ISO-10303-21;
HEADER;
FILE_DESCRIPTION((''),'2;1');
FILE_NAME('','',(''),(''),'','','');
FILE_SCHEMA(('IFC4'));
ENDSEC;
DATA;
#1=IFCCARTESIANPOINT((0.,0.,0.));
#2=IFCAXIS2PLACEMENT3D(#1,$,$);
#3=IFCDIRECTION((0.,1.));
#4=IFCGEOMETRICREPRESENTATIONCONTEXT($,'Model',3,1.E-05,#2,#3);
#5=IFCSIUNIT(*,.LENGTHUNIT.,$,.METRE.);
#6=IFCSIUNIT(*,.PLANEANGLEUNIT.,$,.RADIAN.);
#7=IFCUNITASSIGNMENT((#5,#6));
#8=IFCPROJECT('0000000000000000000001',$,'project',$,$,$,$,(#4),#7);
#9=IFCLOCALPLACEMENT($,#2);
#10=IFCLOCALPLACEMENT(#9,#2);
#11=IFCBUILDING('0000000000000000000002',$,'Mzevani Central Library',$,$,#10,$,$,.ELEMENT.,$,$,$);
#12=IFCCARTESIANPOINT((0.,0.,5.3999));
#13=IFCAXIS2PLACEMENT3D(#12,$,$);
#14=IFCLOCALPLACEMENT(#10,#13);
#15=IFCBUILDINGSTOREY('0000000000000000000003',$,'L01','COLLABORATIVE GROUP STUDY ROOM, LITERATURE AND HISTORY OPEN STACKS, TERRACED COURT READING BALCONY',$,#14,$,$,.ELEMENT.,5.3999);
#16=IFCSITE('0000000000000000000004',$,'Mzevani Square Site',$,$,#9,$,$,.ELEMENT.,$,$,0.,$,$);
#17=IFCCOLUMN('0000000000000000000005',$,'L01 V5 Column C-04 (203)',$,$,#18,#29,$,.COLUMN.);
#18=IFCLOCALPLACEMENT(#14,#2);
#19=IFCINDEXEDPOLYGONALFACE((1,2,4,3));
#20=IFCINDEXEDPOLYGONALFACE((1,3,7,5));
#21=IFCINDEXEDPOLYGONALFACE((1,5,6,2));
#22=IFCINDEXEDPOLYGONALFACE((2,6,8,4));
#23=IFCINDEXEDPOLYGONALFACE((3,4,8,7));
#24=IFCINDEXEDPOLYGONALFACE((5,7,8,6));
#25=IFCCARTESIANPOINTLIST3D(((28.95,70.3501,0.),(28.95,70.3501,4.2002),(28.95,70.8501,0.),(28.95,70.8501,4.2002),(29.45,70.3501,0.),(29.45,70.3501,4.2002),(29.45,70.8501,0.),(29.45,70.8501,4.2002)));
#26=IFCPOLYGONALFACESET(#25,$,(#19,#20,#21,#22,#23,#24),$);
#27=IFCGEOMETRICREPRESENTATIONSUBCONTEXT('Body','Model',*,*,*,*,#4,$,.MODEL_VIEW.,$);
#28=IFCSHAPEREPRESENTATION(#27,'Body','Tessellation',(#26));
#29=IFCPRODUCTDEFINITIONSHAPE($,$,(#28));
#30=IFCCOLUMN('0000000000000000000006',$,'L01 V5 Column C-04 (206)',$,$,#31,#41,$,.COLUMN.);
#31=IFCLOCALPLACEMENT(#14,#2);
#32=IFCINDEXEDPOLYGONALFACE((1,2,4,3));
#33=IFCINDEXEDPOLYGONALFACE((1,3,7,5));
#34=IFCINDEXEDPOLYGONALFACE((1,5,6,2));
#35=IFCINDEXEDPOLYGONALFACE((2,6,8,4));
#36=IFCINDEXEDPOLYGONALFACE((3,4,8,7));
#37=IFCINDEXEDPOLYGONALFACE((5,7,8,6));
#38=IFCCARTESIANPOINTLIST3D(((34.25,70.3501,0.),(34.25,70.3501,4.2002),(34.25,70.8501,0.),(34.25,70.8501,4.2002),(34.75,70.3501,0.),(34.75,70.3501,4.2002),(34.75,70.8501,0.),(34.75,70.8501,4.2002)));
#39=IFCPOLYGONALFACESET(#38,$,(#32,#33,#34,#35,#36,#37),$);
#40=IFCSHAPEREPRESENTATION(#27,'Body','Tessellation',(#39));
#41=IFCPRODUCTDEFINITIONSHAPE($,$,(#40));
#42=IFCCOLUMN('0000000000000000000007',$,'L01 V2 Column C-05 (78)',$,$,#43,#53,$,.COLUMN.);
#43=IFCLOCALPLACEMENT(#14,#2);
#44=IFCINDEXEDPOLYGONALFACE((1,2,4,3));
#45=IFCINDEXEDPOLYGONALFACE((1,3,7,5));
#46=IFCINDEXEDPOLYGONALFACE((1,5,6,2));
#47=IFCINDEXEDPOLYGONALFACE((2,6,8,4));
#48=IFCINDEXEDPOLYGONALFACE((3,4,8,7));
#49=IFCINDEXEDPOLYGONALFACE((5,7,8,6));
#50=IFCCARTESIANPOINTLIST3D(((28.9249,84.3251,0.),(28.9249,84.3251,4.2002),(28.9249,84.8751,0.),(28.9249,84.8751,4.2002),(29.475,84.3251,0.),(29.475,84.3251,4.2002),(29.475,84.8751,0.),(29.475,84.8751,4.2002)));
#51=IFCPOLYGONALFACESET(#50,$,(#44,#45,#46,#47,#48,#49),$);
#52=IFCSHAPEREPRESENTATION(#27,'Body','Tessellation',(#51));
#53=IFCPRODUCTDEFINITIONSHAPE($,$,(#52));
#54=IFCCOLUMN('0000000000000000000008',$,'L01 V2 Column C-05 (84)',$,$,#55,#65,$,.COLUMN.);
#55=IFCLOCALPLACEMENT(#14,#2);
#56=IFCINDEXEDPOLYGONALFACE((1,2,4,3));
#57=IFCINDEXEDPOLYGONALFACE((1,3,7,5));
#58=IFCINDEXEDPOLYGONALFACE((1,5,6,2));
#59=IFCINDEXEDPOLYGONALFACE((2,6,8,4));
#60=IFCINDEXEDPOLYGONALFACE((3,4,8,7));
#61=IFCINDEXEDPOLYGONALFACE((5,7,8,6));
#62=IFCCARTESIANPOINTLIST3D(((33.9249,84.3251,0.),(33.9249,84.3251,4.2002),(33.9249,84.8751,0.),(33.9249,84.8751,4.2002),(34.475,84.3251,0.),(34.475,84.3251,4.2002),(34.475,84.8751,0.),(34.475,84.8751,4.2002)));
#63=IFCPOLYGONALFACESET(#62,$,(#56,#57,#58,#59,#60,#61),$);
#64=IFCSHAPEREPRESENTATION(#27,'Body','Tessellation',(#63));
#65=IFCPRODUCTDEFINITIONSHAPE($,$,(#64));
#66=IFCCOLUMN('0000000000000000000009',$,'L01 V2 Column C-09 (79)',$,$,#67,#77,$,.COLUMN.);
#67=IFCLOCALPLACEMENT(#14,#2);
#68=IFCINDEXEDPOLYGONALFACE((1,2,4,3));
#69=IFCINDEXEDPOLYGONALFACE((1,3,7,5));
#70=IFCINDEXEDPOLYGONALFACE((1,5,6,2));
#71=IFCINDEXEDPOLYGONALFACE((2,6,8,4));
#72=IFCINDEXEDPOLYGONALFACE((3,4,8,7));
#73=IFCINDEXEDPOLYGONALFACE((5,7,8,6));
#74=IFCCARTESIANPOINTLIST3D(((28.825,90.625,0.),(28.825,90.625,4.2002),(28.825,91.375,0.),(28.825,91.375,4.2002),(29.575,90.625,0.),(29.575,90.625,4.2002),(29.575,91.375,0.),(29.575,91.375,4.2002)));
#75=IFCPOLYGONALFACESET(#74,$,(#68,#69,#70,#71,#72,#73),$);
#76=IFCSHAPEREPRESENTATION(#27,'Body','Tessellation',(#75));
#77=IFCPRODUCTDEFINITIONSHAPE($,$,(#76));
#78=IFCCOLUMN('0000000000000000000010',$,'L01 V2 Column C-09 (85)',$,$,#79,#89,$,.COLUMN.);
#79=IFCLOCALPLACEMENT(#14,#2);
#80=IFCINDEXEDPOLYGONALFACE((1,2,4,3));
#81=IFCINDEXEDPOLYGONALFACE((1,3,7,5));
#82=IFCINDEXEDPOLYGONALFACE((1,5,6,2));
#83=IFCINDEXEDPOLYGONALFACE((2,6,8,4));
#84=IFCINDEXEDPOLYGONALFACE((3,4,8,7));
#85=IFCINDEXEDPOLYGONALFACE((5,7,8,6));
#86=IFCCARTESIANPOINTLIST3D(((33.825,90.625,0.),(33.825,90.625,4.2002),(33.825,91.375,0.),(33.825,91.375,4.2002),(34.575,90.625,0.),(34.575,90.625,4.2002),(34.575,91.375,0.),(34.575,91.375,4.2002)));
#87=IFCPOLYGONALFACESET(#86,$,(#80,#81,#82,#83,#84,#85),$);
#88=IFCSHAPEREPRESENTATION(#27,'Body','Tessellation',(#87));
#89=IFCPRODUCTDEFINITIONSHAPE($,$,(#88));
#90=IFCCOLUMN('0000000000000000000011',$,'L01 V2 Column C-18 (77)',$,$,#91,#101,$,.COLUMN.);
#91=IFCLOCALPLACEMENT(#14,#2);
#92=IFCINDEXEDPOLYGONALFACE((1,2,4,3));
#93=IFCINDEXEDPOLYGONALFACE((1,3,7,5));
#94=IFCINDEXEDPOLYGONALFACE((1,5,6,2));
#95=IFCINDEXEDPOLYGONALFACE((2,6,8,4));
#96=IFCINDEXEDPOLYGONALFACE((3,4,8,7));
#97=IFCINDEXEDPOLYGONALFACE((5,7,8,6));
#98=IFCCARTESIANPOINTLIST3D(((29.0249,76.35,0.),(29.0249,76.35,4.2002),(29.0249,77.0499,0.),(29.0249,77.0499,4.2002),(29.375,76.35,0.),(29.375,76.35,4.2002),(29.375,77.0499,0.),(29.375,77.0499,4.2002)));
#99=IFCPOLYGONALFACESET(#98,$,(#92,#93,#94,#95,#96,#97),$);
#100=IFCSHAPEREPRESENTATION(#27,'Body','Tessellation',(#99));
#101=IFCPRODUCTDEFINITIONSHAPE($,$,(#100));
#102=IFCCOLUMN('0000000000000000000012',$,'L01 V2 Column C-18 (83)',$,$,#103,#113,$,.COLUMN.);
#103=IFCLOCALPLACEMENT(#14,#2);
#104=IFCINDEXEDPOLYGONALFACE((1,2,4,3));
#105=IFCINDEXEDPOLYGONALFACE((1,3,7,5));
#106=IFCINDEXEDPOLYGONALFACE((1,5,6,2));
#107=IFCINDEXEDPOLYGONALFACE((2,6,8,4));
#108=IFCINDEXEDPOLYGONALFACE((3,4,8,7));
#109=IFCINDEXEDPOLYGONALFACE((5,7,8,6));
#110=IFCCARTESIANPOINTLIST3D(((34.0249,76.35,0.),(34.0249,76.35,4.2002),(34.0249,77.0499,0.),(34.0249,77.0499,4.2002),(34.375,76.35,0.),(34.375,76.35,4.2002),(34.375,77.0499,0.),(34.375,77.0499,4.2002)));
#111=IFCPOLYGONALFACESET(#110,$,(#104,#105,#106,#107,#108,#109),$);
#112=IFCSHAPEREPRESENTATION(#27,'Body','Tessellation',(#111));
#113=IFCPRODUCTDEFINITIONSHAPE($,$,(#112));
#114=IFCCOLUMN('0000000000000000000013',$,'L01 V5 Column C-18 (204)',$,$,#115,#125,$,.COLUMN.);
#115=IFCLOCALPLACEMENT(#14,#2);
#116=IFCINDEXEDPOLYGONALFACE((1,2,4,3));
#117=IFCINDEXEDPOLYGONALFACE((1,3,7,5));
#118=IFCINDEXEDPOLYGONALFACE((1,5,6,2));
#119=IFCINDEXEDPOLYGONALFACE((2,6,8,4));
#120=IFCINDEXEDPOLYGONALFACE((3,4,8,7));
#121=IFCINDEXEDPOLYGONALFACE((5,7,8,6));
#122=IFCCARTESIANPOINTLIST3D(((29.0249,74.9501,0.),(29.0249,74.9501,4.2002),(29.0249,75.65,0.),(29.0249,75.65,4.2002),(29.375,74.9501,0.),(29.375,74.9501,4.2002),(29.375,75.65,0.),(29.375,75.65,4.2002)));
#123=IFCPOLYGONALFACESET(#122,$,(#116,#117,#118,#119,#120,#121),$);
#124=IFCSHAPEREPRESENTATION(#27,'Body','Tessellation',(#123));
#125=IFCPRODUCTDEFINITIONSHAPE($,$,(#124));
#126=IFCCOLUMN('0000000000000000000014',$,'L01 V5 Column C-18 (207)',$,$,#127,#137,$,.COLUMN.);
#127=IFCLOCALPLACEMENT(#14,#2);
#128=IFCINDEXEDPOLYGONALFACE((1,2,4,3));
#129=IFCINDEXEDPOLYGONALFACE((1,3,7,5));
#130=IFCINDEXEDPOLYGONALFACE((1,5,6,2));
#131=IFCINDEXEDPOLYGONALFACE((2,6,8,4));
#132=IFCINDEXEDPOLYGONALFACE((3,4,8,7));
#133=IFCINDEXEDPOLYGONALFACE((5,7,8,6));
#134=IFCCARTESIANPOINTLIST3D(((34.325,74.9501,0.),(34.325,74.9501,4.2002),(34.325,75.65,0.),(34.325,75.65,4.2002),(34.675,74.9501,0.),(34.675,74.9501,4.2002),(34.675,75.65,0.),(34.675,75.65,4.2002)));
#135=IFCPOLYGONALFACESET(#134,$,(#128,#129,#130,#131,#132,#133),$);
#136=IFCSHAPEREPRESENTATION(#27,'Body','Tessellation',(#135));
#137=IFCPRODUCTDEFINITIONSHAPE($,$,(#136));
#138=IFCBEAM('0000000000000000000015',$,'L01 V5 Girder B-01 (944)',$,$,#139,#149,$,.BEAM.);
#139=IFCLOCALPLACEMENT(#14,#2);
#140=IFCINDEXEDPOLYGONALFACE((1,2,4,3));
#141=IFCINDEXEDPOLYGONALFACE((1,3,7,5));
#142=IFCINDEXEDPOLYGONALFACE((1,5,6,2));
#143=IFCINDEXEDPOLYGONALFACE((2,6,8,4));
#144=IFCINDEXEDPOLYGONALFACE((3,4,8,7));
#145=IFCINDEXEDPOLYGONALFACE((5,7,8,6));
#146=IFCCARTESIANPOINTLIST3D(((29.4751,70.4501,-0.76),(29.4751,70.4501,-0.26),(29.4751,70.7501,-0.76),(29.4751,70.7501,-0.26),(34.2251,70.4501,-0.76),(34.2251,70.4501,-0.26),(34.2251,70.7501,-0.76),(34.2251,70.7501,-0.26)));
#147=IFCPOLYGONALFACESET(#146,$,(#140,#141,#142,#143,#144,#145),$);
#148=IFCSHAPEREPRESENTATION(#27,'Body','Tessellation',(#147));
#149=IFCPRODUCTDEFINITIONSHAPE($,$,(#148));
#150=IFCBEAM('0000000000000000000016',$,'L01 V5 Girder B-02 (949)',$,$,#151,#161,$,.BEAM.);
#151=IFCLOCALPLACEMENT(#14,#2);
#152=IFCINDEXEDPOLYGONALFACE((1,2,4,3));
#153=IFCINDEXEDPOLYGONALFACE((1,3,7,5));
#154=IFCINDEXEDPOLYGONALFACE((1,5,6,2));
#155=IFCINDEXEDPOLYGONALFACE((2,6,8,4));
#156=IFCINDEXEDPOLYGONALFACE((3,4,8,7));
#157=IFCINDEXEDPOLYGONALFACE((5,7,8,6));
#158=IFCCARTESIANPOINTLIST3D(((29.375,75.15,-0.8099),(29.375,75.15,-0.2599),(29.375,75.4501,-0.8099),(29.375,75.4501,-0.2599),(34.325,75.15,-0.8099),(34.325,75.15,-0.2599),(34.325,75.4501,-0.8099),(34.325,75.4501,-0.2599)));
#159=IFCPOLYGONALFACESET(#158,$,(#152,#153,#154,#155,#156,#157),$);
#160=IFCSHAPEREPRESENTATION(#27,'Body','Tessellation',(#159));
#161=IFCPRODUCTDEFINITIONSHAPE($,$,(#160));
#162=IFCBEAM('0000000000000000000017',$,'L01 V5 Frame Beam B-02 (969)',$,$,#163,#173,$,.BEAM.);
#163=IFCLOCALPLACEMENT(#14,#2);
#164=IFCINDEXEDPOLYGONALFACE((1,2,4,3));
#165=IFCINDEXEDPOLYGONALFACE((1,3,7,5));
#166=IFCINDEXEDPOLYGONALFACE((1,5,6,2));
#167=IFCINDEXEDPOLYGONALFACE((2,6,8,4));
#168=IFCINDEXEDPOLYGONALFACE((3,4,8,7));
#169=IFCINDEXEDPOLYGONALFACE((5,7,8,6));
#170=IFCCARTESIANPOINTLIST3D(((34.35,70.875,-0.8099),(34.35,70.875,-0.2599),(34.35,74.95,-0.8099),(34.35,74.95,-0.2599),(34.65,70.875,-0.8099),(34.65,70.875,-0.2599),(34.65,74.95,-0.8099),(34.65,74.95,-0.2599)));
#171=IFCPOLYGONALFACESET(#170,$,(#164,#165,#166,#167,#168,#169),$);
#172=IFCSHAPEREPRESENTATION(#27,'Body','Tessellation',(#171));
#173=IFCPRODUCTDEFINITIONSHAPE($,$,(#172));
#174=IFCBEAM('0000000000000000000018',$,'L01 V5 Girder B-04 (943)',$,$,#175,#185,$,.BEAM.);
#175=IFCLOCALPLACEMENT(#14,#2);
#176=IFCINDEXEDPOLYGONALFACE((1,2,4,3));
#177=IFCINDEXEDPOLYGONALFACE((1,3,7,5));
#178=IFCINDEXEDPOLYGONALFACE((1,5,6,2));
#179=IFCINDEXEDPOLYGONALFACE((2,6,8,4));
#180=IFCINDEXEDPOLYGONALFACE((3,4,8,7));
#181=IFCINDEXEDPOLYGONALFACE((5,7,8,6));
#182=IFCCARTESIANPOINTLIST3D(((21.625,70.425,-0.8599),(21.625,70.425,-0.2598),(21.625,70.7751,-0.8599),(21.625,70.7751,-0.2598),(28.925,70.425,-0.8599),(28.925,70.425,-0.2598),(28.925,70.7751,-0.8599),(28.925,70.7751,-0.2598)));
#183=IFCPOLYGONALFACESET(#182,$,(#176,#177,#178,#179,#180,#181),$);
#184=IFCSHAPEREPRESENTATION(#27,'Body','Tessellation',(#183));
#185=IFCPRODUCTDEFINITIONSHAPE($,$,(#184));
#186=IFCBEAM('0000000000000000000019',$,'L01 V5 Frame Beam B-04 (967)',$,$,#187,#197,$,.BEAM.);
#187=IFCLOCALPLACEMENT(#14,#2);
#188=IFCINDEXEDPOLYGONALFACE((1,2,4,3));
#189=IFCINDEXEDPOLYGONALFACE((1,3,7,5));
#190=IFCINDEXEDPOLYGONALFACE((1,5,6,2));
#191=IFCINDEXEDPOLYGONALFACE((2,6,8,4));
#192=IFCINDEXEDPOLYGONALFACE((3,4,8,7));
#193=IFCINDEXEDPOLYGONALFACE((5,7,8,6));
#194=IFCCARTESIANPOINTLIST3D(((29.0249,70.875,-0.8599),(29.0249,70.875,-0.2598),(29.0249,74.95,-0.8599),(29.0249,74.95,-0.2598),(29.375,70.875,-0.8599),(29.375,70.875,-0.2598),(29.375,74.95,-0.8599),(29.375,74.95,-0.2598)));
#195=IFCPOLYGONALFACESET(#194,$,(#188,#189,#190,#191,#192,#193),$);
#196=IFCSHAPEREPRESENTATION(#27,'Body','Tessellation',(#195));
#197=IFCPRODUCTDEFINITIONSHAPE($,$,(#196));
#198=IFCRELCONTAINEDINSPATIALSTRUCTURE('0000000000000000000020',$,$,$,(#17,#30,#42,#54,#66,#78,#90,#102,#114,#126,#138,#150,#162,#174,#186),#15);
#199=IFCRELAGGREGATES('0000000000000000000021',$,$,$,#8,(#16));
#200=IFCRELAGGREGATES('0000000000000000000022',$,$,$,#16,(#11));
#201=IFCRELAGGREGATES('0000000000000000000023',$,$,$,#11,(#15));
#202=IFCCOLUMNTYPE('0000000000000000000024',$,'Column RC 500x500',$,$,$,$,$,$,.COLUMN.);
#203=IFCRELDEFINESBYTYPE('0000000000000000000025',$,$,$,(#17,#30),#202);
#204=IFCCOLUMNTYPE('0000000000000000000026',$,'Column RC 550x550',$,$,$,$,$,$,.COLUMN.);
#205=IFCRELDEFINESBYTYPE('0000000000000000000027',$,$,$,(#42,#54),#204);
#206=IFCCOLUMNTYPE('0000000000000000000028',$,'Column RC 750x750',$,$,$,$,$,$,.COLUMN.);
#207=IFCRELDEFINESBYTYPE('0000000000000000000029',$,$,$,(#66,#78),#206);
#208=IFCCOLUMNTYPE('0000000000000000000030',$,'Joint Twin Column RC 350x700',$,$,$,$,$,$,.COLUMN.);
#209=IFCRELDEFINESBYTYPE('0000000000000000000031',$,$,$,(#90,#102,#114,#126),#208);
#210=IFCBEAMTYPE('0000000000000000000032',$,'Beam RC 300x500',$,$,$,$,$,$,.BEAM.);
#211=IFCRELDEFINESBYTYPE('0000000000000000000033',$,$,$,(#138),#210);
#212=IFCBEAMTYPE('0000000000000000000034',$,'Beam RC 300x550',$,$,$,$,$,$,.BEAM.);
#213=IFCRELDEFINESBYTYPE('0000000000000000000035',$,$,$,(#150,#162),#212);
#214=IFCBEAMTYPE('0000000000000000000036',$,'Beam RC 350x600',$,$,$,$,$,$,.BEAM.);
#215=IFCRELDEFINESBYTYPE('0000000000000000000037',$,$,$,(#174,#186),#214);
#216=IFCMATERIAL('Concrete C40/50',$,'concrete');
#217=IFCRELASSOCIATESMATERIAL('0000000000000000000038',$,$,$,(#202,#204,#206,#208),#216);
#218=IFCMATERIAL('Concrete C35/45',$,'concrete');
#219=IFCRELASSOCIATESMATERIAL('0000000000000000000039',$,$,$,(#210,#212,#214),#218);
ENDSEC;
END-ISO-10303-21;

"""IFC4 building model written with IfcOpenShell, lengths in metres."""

from ifc_helpers import new_model, si_unit, direction, frame, origin, origin_2d, place, context, subcontext, project, spatial, rectangle, extrude, material, material_profile, profile_set, type_object, element, save


model = new_model("IFC4")

# Units and contexts
model_context = context("Model", 3, precision=1e-05, world=origin(), true_north=direction((0.0, 1.0)))
body_context = subcontext(model_context, "Body", "Model", "MODEL_VIEW")
ifc_project = project(units=[si_unit("LENGTHUNIT", "METRE"), si_unit("PLANEANGLEUNIT", "RADIAN")], contexts=[model_context])

# Site, building, storey
site_placement = place(None, origin())
site = spatial("IfcSite", under=ifc_project, at=site_placement, Name="Mzevani Square Site", CompositionType="ELEMENT", RefElevation=0.0)
building_placement = place(site_placement, origin())
building = spatial("IfcBuilding", under=site, at=building_placement, Name="Mzevani Central Library", CompositionType="ELEMENT")
storey_placement = place(building_placement, frame((0.0, 0.0, 5.3999)))
storey = spatial("IfcBuildingStorey", under=building, at=storey_placement, Name="L01", Description="COLLABORATIVE GROUP STUDY ROOM, LITERATURE AND HISTORY OPEN STACKS, TERRACED COURT READING BALCONY", CompositionType="ELEMENT", Elevation=5.3999)

# Columns
ifc_material_1 = material(Name="Concrete C40/50", Category="concrete")
ifc_material_profile_1 = material_profile(ifc_material_1, rectangle(XDim=0.5, YDim=0.5, at=origin_2d()), Name="RC 500x500")
ifc_profile_set_1 = profile_set([ifc_material_profile_1], Name="Concrete C40/50")
column_type_1 = type_object("IfcColumnType", Name="Column RC 500x500", PredefinedType="COLUMN", material=ifc_profile_set_1)
for number, where, z_axis, x_axis, name in (
    (1, (29.2, 70.6001, 0.0), (0.0, 0.0, 1.0), (1.0, 0.0, 0.0), "L01 V5 Column C-04 (203)"),
    (2, (34.5, 70.6001, 0.0), (0.0, 0.0, 1.0), (1.0, 0.0, 0.0), "L01 V5 Column C-04 (206)"),
):
    element("IfcColumn", number, at=place(storey_placement, frame(where, z_axis=z_axis, x_axis=x_axis)), inside=storey, type_object=column_type_1, Name=name, PredefinedType="COLUMN", context=body_context, shape_type="SweptSolid", body=[
        extrude(rectangle(XDim=0.5, YDim=0.5, at=origin_2d()), origin(), (0.0, 0.0, 1.0), 4.2002),
    ])
ifc_material_profile_2 = material_profile(ifc_material_1, rectangle(XDim=0.55, YDim=0.55, at=origin_2d()), Name="RC 550x550")
ifc_profile_set_2 = profile_set([ifc_material_profile_2], Name="Concrete C40/50")
column_type_2 = type_object("IfcColumnType", Name="Column RC 550x550", PredefinedType="COLUMN", material=ifc_profile_set_2)
for number, where, z_axis, x_axis, name in (
    (3, (29.2, 84.6001, 0.0), (0.0, 0.0, 1.0), (1.0, 0.0, 0.0), "L01 V2 Column C-05 (78)"),
    (4, (34.2, 84.6001, 0.0), (0.0, 0.0, 1.0), (1.0, 0.0, 0.0), "L01 V2 Column C-05 (84)"),
):
    element("IfcColumn", number, at=place(storey_placement, frame(where, z_axis=z_axis, x_axis=x_axis)), inside=storey, type_object=column_type_2, Name=name, PredefinedType="COLUMN", context=body_context, shape_type="SweptSolid", body=[
        extrude(rectangle(XDim=0.55, YDim=0.55, at=origin_2d()), origin(), (0.0, 0.0, 1.0), 4.2002),
    ])
ifc_material_profile_3 = material_profile(ifc_material_1, rectangle(XDim=0.75, YDim=0.75, at=origin_2d()), Name="RC 750x750")
ifc_profile_set_3 = profile_set([ifc_material_profile_3], Name="Concrete C40/50")
column_type_3 = type_object("IfcColumnType", Name="Column RC 750x750", PredefinedType="COLUMN", material=ifc_profile_set_3)
for number, where, z_axis, x_axis, name in (
    (5, (29.2, 91.0, 0.0), (0.0, 0.0, 1.0), (1.0, 0.0, 0.0), "L01 V2 Column C-09 (79)"),
    (6, (34.2, 91.0, 0.0), (0.0, 0.0, 1.0), (1.0, 0.0, 0.0), "L01 V2 Column C-09 (85)"),
):
    element("IfcColumn", number, at=place(storey_placement, frame(where, z_axis=z_axis, x_axis=x_axis)), inside=storey, type_object=column_type_3, Name=name, PredefinedType="COLUMN", context=body_context, shape_type="SweptSolid", body=[
        extrude(rectangle(XDim=0.75, YDim=0.75, at=origin_2d()), origin(), (0.0, 0.0, 1.0), 4.2002),
    ])
ifc_material_profile_4 = material_profile(ifc_material_1, rectangle(XDim=0.3501, YDim=0.7, at=origin_2d()), Name="RC 350x700")
ifc_profile_set_4 = profile_set([ifc_material_profile_4], Name="Concrete C40/50")
column_type_4 = type_object("IfcColumnType", Name="Joint Twin Column RC 350x700", PredefinedType="COLUMN", material=ifc_profile_set_4)
for number, where, z_axis, x_axis, name in (
    (7, (29.2, 76.7, 0.0), (0.0, 0.0, 1.0), (1.0, 0.0, 0.0), "L01 V2 Column C-18 (77)"),
    (8, (34.2, 76.7, 0.0), (0.0, 0.0, 1.0), (1.0, 0.0, 0.0), "L01 V2 Column C-18 (83)"),
    (9, (29.2, 75.3, 0.0), (0.0, 0.0, 1.0), (1.0, 0.0, 0.0), "L01 V5 Column C-18 (204)"),
    (10, (34.5, 75.3, 0.0), (0.0, 0.0, 1.0), (1.0, 0.0, 0.0), "L01 V5 Column C-18 (207)"),
):
    element("IfcColumn", number, at=place(storey_placement, frame(where, z_axis=z_axis, x_axis=x_axis)), inside=storey, type_object=column_type_4, Name=name, PredefinedType="COLUMN", context=body_context, shape_type="SweptSolid", body=[
        extrude(rectangle(XDim=0.3501, YDim=0.7, at=origin_2d()), origin(), (0.0, 0.0, 1.0), 4.2002),
    ])

# Beams
ifc_material_2 = material(Name="Concrete C35/45", Category="concrete")
ifc_material_profile_5 = material_profile(ifc_material_2, rectangle(XDim=0.3, YDim=0.5, at=origin_2d()), Name="RC B300x500")
ifc_profile_set_5 = profile_set([ifc_material_profile_5], Name="Concrete C35/45")
beam_type_1 = type_object("IfcBeamType", Name="Beam RC 300x500", PredefinedType="BEAM", material=ifc_profile_set_5)
beam_1_placement = place(storey_placement, frame((29.4751, 70.6001, -0.51), z_axis=(1.0, 0.0, 0.0), x_axis=(0.0, 1.0, 0.0)))
element("IfcBeam", 11, at=beam_1_placement, inside=storey, type_object=beam_type_1, Name="L01 V5 Girder B-01 (944)", PredefinedType="BEAM", context=body_context, shape_type="SweptSolid", body=[
    extrude(rectangle(XDim=0.3, YDim=0.5, at=origin_2d()), origin(), (0.0, 0.0, 1.0), 4.75),
])
ifc_material_profile_6 = material_profile(ifc_material_2, rectangle(XDim=0.3, YDim=0.55, at=origin_2d()), Name="RC B300x550")
ifc_profile_set_6 = profile_set([ifc_material_profile_6], Name="Concrete C35/45")
beam_type_2 = type_object("IfcBeamType", Name="Beam RC 300x550", PredefinedType="BEAM", material=ifc_profile_set_6)
beam_2_placement = place(storey_placement, frame((29.375, 75.3, -0.5349), z_axis=(1.0, 0.0, 0.0), x_axis=(0.0, 1.0, 0.0)))
element("IfcBeam", 12, at=beam_2_placement, inside=storey, type_object=beam_type_2, Name="L01 V5 Girder B-02 (949)", PredefinedType="BEAM", context=body_context, shape_type="SweptSolid", body=[
    extrude(rectangle(XDim=0.3, YDim=0.55, at=origin_2d()), origin(), (0.0, 0.0, 1.0), 4.95),
])
beam_3_placement = place(storey_placement, frame((34.5, 70.875, -0.5349), z_axis=(0.0, 1.0, 0.0), x_axis=(-1.0, 0.0, 0.0)))
element("IfcBeam", 13, at=beam_3_placement, inside=storey, type_object=beam_type_2, Name="L01 V5 Frame Beam B-02 (969)", PredefinedType="BEAM", context=body_context, shape_type="SweptSolid", body=[
    extrude(rectangle(XDim=0.3, YDim=0.55, at=origin_2d()), origin(), (0.0, 0.0, 1.0), 4.075),
])
ifc_material_profile_7 = material_profile(ifc_material_2, rectangle(XDim=0.3501, YDim=0.6001, at=origin_2d()), Name="RC B350x600")
ifc_profile_set_7 = profile_set([ifc_material_profile_7], Name="Concrete C35/45")
beam_type_3 = type_object("IfcBeamType", Name="Beam RC 350x600", PredefinedType="BEAM", material=ifc_profile_set_7)
beam_4_placement = place(storey_placement, frame((21.625, 70.6001, -0.5598), z_axis=(1.0, 0.0, 0.0), x_axis=(0.0, 1.0, 0.0)))
element("IfcBeam", 14, at=beam_4_placement, inside=storey, type_object=beam_type_3, Name="L01 V5 Girder B-04 (943)", PredefinedType="BEAM", context=body_context, shape_type="SweptSolid", body=[
    extrude(rectangle(XDim=0.3501, YDim=0.6001, at=origin_2d()), origin(), (0.0, 0.0, 1.0), 7.3),
])
beam_5_placement = place(storey_placement, frame((29.2, 70.875, -0.5598), z_axis=(0.0, 1.0, 0.0), x_axis=(-1.0, 0.0, 0.0)))
element("IfcBeam", 15, at=beam_5_placement, inside=storey, type_object=beam_type_3, Name="L01 V5 Frame Beam B-04 (967)", PredefinedType="BEAM", context=body_context, shape_type="SweptSolid", body=[
    extrude(rectangle(XDim=0.3501, YDim=0.6001, at=origin_2d()), origin(), (0.0, 0.0, 1.0), 4.075),
])

save(model, "model.ifc")
